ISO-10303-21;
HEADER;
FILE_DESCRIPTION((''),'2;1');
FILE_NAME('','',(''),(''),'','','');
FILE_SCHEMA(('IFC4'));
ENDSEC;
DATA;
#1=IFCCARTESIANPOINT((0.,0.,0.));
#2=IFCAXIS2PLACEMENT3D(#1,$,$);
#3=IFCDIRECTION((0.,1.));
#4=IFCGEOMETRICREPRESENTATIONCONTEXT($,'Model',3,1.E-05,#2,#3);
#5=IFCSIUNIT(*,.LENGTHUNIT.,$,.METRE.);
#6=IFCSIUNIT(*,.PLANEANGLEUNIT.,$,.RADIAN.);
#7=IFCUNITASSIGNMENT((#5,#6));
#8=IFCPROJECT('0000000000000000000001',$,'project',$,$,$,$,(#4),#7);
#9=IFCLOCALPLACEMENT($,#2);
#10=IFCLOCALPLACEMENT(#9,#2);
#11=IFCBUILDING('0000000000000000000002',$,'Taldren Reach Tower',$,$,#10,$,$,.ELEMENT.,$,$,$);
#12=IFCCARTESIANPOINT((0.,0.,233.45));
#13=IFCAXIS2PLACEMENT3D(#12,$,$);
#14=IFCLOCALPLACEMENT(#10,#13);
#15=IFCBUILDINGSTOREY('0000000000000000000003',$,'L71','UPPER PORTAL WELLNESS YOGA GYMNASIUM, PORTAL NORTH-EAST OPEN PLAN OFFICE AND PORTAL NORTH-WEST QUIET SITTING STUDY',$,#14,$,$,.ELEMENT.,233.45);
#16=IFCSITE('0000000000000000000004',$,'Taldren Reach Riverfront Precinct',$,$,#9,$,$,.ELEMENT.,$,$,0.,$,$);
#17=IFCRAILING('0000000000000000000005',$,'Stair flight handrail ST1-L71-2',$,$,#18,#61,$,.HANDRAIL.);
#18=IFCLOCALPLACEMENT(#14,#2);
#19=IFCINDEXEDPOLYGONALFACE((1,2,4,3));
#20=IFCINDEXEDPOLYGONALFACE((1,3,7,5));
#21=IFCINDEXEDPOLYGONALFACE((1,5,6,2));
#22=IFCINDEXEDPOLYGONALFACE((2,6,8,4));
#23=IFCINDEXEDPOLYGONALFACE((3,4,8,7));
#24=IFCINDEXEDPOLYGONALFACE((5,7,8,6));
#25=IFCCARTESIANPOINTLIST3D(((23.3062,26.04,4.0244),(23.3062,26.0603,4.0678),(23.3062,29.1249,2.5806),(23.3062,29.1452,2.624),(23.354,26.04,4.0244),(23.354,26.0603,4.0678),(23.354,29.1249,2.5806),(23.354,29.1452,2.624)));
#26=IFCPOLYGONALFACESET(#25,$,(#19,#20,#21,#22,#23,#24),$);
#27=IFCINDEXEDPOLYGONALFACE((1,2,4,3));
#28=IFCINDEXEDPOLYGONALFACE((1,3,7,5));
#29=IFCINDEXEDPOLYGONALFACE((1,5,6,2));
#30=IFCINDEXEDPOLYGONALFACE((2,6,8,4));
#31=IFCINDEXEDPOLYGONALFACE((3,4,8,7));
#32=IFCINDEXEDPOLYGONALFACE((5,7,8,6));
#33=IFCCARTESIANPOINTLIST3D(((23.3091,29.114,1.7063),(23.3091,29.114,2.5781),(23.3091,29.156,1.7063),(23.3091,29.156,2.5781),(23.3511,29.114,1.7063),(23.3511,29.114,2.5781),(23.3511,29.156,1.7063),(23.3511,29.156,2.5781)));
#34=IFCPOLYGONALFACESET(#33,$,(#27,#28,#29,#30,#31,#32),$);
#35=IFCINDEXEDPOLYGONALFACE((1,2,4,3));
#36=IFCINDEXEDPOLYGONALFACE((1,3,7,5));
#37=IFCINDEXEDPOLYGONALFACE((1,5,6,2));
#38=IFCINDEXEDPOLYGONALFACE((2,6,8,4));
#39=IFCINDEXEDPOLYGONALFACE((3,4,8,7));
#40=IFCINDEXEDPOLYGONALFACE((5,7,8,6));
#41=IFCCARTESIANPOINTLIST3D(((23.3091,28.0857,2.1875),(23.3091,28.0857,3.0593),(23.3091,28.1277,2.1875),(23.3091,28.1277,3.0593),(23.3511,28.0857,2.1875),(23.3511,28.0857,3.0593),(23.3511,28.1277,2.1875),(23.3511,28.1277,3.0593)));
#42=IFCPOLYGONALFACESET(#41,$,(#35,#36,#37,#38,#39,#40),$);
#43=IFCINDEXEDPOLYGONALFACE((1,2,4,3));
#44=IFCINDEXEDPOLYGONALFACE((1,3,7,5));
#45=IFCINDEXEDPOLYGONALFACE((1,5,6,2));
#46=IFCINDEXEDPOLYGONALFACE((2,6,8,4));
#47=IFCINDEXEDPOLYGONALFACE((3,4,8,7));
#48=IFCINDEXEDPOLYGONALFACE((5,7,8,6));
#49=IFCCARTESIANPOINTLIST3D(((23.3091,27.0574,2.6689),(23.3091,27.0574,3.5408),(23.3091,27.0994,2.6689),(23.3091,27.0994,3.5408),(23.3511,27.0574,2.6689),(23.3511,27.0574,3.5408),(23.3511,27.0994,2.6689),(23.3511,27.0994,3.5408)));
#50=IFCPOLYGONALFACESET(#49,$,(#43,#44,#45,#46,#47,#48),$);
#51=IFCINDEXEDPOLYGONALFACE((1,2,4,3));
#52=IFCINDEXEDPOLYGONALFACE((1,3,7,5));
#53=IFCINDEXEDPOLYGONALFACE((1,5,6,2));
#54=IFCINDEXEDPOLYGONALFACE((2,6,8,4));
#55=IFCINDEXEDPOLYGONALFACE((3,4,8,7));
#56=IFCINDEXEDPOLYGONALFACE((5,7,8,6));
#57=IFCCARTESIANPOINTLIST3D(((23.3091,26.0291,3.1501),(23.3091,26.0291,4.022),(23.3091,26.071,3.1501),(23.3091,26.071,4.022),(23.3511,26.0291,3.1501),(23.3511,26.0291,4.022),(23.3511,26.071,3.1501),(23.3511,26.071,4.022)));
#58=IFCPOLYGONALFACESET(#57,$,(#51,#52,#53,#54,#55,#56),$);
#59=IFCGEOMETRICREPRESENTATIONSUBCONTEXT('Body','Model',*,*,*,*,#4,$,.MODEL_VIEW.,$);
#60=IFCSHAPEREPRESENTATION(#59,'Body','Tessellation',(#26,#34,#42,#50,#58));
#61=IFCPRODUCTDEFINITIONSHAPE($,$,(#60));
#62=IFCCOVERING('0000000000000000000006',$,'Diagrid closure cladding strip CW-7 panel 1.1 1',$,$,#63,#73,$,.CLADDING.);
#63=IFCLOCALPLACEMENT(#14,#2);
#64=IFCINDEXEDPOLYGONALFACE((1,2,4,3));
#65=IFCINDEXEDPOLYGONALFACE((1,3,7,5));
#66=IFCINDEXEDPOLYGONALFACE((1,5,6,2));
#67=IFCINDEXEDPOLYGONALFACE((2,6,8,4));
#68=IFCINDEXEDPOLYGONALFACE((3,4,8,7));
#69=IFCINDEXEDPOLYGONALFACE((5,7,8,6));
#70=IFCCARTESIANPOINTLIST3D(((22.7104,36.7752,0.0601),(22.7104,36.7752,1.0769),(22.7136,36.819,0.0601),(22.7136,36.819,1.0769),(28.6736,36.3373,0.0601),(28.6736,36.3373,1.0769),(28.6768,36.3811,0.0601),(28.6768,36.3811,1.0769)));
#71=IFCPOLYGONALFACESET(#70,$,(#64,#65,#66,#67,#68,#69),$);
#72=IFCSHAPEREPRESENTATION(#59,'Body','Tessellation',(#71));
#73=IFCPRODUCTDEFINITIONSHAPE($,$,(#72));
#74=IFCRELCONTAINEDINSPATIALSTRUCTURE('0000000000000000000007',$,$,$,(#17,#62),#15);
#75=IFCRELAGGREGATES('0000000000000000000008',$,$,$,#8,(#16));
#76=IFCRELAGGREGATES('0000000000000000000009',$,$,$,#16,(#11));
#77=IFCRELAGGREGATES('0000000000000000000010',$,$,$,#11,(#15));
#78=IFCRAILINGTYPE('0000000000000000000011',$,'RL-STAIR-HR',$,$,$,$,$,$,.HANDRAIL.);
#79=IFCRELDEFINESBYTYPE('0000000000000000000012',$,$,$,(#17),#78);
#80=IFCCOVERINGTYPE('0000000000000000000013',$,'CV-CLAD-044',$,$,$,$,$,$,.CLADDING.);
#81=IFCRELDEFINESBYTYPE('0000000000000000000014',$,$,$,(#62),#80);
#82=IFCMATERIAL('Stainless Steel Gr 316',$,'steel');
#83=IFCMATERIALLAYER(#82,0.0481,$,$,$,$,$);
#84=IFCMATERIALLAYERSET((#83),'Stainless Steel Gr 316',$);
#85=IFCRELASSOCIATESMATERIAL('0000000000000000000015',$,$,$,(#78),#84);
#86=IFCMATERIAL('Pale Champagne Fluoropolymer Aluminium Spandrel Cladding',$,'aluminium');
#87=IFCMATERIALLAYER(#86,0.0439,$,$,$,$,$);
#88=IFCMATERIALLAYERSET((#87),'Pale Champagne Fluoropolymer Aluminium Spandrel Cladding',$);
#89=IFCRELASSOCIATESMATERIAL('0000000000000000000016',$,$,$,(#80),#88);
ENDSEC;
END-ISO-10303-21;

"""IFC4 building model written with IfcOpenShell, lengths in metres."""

from ifc_helpers import new_model, si_unit, direction, frame, origin, origin_2d, place, context, subcontext, project, spatial, rectangle, extrude, source, transform, mapped, material, layer, layer_set, type_object, element, save


model = new_model("IFC4")

# Units and contexts
model_context = context("Model", 3, precision=1e-05, world=origin(), true_north=direction((0.0, 1.0)))
body_context = subcontext(model_context, "Body", "Model", "MODEL_VIEW")
ifc_project = project(units=[si_unit("LENGTHUNIT", "METRE"), si_unit("PLANEANGLEUNIT", "RADIAN")], contexts=[model_context])

# Site, building, storey
site_placement = place(None, origin())
site = spatial("IfcSite", under=ifc_project, at=site_placement, Name="Taldren Reach Riverfront Precinct", CompositionType="ELEMENT", RefElevation=0.0)
building_placement = place(site_placement, origin())
building = spatial("IfcBuilding", under=site, at=building_placement, Name="Taldren Reach Tower", CompositionType="ELEMENT")
storey_placement = place(building_placement, frame((0.0, 0.0, 233.45)))
storey = spatial("IfcBuildingStorey", under=building, at=storey_placement, Name="L71", Description="UPPER PORTAL WELLNESS YOGA GYMNASIUM, PORTAL NORTH-EAST OPEN PLAN OFFICE AND PORTAL NORTH-WEST QUIET SITTING STUDY", CompositionType="ELEMENT", Elevation=233.45)

# Railing
ifc_material_1 = material(Name="Stainless Steel Gr 316", Category="steel")
ifc_layer_1 = layer(ifc_material_1, 0.0481)
ifc_layer_set_1 = layer_set([ifc_layer_1], Name="Stainless Steel Gr 316")
railing_type = type_object("IfcRailingType", Name="RL-STAIR-HR", PredefinedType="HANDRAIL", material=ifc_layer_set_1)
railing_placement = place(storey_placement, frame((23.3301, 29.135, 1.7063)))
element("IfcRailing", 1, at=railing_placement, inside=storey, type_object=railing_type, Name="Stair flight handrail ST1-L71-2", PredefinedType="HANDRAIL", context=body_context, shape_type="SweptSolid", body=[
    extrude(rectangle(XDim=0.0479, YDim=0.0479, at=origin_2d()), frame((0.0, 0.0, 0.896), z_axis=(0.0, -0.90571, 0.423898), x_axis=(1.0, 0.0, 0.0)), (0.0, 0.0, 1.0), 3.406),
    extrude(rectangle(XDim=0.042, YDim=0.042, at=origin_2d()), origin(), (0.0, 0.0, 1.0), 0.8718),
    extrude(rectangle(XDim=0.042, YDim=0.042, at=origin_2d()), frame((0.0, -1.0283, 0.4812)), (0.0, 0.0, 1.0), 0.8718),
    extrude(rectangle(XDim=0.042, YDim=0.042, at=origin_2d()), frame((0.0, -2.0566, 0.9626)), (0.0, 0.0, 1.0), 0.8718),
    extrude(rectangle(XDim=0.042, YDim=0.042, at=origin_2d()), frame((0.0, -3.085, 1.4438)), (0.0, 0.0, 1.0), 0.8718),
])

# Covering
ifc_material_2 = material(Name="Pale Champagne Fluoropolymer Aluminium Spandrel Cladding", Category="aluminium")
ifc_layer_2 = layer(ifc_material_2, 0.0439)
ifc_layer_set_2 = layer_set([ifc_layer_2], Name="Pale Champagne Fluoropolymer Aluminium Spandrel Cladding")
covering_type = type_object("IfcCoveringType", Name="CV-CLAD-044", PredefinedType="CLADDING", material=ifc_layer_set_2)
shared_shape_1 = source(origin(), body_context, "Body", "SweptSolid", [
    extrude(rectangle(XDim=5.9792, YDim=0.0439, at=origin_2d()), origin(), (0.0, 0.0, 1.0), 1.0168),
])
covering_placement = place(storey_placement, frame((25.6936, 36.5781, 0.0601), z_axis=(0.0, 0.0, 1.0), x_axis=(-0.997314, 0.073238, 0.0)))
element("IfcCovering", 2, at=covering_placement, inside=storey, type_object=covering_type, Name="Diagrid closure cladding strip CW-7 panel 1.1 1", PredefinedType="CLADDING", context=body_context, shape_type="MappedRepresentation", body=[
    mapped(shared_shape_1, transform((0.0, 0.0, 0.0), scale=1.0)),
])

save(model, "model.ifc")
